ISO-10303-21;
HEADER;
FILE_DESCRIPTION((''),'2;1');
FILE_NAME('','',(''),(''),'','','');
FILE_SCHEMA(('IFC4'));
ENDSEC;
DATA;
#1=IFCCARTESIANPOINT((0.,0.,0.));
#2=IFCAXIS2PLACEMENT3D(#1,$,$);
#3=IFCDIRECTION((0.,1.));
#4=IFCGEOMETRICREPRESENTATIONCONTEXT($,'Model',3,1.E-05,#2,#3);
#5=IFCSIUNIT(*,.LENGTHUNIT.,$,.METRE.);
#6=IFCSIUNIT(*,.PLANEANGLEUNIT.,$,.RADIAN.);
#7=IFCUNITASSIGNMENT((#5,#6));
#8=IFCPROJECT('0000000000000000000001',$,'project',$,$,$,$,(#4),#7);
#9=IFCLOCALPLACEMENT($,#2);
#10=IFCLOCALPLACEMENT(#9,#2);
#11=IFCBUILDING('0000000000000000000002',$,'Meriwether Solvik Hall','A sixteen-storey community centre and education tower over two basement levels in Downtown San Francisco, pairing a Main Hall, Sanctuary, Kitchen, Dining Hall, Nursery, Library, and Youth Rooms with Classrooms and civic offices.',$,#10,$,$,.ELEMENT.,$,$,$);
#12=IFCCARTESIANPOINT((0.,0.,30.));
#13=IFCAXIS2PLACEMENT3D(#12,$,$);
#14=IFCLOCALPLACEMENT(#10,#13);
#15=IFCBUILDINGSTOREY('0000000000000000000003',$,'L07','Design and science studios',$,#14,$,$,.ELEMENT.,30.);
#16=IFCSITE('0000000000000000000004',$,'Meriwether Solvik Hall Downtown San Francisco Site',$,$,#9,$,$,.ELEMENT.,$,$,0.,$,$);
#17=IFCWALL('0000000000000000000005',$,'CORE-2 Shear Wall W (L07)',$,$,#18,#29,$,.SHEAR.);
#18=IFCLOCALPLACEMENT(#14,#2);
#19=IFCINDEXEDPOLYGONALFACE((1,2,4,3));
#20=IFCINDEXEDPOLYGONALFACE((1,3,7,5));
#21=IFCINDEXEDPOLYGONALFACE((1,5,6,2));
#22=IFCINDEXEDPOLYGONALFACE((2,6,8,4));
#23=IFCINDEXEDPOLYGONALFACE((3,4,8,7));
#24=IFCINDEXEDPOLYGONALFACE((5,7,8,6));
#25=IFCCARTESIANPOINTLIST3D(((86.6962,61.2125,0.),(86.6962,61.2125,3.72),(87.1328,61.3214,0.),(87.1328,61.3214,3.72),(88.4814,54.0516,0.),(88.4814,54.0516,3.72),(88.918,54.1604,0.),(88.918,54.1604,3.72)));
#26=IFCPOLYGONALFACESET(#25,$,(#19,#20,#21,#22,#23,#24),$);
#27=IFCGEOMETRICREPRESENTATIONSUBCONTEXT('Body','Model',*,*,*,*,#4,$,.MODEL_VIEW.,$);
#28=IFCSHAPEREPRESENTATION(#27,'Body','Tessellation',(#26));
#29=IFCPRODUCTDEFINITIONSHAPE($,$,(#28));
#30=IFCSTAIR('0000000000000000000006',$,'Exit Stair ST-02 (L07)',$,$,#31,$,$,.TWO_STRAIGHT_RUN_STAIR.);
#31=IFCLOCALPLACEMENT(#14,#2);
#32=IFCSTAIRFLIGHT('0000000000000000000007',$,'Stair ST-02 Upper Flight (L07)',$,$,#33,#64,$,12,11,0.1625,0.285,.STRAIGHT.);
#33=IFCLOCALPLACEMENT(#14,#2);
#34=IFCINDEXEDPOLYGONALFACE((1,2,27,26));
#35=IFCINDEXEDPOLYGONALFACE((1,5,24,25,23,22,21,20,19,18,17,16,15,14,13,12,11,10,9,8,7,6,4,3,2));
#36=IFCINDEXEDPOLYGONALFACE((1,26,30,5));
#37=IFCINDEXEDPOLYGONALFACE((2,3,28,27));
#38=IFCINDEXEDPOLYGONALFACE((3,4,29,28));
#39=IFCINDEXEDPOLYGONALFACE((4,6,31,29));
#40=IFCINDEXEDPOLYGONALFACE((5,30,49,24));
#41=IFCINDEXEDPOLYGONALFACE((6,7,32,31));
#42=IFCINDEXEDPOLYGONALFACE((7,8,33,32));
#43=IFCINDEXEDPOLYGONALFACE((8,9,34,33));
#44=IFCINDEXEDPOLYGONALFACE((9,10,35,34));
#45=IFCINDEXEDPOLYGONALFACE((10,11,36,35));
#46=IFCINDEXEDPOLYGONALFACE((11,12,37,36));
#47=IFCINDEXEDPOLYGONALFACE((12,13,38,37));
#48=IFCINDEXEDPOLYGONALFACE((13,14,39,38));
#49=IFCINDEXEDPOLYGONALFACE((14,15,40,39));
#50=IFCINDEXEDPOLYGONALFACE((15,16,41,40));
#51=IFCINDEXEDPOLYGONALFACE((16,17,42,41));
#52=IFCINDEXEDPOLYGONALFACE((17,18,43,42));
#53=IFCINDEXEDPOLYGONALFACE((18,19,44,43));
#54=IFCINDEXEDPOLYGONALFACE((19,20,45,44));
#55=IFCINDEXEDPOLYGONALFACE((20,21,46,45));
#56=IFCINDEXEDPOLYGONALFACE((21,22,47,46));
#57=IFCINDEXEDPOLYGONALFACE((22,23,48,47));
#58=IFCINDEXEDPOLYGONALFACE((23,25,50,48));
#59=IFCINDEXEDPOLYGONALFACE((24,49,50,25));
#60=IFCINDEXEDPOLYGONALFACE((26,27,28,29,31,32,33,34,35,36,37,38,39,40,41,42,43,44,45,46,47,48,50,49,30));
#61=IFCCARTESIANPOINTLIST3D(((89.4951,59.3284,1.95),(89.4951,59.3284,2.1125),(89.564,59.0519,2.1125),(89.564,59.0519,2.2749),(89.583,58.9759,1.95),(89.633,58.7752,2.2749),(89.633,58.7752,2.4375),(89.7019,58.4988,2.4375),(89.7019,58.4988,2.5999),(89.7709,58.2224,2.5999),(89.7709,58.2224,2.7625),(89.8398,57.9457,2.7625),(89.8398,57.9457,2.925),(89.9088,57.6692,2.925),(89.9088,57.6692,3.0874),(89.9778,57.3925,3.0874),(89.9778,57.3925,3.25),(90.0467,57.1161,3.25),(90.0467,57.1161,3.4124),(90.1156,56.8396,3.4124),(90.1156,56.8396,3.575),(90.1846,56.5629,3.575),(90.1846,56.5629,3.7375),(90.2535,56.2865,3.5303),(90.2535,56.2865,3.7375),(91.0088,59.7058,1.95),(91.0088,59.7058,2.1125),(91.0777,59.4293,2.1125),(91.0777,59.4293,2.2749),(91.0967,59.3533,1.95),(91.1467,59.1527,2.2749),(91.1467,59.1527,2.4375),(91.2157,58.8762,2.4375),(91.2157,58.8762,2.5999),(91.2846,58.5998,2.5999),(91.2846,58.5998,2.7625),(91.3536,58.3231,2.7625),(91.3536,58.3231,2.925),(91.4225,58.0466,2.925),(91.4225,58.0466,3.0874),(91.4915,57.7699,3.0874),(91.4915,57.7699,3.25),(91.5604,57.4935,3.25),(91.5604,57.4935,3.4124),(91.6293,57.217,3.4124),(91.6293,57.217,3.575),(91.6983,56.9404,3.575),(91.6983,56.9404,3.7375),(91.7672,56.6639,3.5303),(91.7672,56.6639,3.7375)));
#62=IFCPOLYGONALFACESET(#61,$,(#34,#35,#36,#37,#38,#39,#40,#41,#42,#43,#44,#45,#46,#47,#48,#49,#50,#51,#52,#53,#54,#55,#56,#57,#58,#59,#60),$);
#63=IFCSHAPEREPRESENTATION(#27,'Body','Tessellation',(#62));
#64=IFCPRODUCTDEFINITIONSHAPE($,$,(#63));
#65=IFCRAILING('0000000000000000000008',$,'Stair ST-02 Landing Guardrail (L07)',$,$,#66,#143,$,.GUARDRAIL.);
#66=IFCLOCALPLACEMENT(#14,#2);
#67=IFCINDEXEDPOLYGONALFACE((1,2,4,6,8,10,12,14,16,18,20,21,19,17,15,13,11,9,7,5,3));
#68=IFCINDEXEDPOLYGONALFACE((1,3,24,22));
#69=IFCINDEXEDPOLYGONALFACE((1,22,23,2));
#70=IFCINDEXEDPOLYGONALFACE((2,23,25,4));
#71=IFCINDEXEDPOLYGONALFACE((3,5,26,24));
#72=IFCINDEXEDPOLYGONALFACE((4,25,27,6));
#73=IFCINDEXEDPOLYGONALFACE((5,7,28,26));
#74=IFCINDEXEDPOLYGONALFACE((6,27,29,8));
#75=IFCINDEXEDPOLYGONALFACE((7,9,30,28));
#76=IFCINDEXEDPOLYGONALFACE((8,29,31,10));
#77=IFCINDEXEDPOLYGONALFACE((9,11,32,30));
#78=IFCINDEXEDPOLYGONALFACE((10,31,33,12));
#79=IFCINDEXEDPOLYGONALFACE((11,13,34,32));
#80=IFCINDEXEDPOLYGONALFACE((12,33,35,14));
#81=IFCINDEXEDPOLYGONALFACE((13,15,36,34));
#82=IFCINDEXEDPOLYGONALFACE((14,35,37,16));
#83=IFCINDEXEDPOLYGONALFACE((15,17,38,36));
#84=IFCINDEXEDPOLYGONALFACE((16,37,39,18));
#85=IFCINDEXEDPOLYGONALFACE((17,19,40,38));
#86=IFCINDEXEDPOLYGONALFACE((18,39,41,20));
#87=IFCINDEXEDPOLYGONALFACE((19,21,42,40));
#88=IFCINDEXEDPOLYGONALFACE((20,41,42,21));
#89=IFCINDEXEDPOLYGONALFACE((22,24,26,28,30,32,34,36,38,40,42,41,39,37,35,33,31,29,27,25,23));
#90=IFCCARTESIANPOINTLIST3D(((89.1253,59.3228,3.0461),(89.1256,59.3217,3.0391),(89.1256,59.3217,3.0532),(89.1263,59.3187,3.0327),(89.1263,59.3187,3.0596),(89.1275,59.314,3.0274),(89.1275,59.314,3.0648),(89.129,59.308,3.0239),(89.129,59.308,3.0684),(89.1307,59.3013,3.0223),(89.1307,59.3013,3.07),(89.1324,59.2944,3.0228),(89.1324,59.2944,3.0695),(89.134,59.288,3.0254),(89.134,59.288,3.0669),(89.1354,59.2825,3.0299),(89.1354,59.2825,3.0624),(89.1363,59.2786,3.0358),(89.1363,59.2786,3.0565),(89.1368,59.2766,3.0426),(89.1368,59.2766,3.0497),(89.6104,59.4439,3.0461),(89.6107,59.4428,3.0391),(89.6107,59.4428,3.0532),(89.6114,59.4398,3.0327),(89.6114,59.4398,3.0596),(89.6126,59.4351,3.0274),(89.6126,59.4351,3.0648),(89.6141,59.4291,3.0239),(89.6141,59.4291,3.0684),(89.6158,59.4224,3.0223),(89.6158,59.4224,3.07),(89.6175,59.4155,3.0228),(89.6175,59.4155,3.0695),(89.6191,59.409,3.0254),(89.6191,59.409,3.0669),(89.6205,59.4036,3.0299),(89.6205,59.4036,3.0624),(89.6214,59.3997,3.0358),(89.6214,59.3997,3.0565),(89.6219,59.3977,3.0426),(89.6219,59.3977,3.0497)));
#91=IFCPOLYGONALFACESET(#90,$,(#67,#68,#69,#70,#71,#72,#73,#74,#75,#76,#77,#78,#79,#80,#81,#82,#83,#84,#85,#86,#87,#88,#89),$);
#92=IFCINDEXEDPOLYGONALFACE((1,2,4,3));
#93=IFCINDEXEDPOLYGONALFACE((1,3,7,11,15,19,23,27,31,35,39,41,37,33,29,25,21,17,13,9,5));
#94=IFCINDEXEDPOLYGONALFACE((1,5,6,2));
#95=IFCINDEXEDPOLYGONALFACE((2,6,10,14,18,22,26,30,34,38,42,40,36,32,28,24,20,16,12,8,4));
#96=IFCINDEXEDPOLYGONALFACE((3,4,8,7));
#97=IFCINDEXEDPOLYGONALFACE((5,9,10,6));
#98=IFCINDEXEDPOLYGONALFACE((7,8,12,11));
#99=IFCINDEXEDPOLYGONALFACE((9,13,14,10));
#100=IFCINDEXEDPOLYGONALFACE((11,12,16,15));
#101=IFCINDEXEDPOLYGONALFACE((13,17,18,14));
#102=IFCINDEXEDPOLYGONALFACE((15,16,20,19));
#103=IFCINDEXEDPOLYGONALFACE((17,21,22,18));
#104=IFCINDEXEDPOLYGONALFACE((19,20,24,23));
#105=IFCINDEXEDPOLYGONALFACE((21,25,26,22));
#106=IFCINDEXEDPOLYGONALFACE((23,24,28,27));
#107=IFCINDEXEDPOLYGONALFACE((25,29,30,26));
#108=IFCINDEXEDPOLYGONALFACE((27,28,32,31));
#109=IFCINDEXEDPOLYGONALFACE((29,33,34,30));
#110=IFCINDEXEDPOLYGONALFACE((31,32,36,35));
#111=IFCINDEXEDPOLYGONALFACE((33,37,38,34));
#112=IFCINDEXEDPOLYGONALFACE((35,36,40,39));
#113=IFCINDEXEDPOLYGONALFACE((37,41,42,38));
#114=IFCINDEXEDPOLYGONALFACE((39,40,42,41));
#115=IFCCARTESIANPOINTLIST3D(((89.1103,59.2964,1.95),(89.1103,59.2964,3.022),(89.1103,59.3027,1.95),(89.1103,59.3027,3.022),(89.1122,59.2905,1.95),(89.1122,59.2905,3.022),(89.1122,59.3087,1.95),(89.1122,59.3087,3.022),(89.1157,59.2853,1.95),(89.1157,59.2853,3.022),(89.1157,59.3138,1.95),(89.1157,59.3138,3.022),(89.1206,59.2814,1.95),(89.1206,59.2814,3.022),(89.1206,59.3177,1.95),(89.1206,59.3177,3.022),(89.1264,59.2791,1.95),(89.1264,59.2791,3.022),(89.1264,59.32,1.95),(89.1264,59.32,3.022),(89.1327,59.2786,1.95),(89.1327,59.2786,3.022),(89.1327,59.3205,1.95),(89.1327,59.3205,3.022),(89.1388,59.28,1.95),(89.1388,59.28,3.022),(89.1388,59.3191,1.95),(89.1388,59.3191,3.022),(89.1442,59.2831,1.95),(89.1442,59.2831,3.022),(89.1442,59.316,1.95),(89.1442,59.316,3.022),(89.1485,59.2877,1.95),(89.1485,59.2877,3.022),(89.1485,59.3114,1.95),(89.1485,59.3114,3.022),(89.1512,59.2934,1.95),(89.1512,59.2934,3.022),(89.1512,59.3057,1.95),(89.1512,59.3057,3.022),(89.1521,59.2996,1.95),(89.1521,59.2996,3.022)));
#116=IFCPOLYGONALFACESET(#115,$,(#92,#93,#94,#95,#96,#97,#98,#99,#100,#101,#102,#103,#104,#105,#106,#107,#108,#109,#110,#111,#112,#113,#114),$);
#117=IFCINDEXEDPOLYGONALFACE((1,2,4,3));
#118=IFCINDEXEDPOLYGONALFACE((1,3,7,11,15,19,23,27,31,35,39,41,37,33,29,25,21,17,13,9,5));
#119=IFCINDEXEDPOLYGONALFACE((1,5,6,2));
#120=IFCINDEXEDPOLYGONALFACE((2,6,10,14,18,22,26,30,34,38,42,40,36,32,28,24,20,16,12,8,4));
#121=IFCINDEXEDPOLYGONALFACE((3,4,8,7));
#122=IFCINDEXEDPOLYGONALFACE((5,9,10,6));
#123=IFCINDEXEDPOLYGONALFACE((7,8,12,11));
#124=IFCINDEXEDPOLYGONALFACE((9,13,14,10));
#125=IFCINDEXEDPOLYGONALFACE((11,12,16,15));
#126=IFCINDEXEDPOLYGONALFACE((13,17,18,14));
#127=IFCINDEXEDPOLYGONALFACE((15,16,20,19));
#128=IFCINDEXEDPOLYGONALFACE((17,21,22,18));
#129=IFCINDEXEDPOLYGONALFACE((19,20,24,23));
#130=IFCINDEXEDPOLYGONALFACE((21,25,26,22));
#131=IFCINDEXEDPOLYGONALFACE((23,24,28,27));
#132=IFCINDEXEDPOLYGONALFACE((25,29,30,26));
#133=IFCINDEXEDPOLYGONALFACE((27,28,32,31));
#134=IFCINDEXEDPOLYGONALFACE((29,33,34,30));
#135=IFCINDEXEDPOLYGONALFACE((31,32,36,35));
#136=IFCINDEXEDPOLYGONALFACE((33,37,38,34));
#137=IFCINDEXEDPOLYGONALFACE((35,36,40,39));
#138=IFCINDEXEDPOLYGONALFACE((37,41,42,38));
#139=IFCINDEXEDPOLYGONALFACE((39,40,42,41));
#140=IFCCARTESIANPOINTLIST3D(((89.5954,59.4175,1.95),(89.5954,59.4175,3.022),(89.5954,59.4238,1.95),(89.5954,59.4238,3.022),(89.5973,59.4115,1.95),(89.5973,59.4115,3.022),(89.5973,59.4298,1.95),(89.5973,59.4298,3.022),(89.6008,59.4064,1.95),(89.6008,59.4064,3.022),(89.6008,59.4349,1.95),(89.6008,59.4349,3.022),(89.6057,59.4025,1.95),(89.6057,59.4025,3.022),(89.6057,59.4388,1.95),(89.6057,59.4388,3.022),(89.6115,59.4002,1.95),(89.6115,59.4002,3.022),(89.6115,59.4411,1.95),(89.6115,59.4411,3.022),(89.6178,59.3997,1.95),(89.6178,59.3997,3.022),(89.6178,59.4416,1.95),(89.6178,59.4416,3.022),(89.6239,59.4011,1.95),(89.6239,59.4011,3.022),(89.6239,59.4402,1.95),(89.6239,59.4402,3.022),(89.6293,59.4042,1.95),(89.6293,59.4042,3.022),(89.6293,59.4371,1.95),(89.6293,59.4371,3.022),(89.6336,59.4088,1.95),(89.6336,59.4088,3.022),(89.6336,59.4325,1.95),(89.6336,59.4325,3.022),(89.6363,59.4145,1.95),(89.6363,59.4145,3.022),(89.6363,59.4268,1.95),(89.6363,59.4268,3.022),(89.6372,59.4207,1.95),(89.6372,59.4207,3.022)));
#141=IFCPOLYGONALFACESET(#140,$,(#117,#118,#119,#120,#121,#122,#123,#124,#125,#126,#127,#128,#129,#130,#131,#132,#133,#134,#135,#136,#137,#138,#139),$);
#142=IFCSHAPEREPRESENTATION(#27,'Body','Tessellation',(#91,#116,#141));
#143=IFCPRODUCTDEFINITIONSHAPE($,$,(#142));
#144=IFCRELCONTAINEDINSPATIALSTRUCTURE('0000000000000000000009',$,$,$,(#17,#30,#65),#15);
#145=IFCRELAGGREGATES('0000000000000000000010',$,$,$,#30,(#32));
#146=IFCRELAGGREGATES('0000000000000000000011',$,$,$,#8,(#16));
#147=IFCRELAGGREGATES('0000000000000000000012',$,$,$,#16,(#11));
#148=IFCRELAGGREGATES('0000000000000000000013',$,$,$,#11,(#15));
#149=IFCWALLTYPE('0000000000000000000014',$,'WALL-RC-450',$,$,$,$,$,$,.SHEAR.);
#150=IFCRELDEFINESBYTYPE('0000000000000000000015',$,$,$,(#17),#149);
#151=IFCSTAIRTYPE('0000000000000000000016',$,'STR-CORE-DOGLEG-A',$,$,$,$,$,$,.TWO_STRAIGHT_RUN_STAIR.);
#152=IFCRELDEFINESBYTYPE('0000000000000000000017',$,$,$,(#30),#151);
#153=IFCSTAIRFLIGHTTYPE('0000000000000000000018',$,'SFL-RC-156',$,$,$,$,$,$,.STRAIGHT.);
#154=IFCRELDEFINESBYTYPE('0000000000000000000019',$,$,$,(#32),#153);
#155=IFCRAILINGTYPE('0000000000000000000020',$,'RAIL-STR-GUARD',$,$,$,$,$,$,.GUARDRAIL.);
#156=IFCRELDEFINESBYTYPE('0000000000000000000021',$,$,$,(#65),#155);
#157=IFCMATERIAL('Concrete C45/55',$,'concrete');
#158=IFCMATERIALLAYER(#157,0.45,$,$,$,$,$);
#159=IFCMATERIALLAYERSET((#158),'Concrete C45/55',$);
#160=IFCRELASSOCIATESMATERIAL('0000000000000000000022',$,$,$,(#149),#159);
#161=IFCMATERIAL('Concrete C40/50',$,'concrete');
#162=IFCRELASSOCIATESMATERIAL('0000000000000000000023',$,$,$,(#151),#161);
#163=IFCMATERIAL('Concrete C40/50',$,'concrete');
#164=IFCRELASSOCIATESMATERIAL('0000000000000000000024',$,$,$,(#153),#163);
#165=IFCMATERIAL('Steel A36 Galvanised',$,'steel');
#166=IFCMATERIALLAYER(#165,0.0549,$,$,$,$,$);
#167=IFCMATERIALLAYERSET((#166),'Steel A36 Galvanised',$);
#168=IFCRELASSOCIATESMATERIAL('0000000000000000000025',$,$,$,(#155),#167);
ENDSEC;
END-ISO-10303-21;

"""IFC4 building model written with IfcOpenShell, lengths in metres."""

from ifc_helpers import new_model, si_unit, direction, frame, frame_2d, origin, origin_2d, place, context, subcontext, project, spatial, polyline, rectangle, circle, outline, extrude, material, layer, layer_set, type_object, element, aggregate, save


model = new_model("IFC4")

# Units and contexts
model_context = context("Model", 3, precision=1e-05, world=origin(), true_north=direction((0.0, 1.0)))
body_context = subcontext(model_context, "Body", "Model", "MODEL_VIEW")
ifc_project = project(units=[si_unit("LENGTHUNIT", "METRE"), si_unit("PLANEANGLEUNIT", "RADIAN")], contexts=[model_context])

# Site, building, storey
site_placement = place(None, origin())
site = spatial("IfcSite", under=ifc_project, at=site_placement, Name="Meriwether Solvik Hall Downtown San Francisco Site", CompositionType="ELEMENT", RefElevation=0.0)
building_placement = place(site_placement, origin())
building = spatial("IfcBuilding", under=site, at=building_placement, Name="Meriwether Solvik Hall", Description="A sixteen-storey community centre and education tower over two basement levels in Downtown San Francisco, pairing a Main Hall, Sanctuary, Kitchen, Dining Hall, Nursery, Library, and Youth Rooms with Classrooms and civic offices.", CompositionType="ELEMENT")
storey_placement = place(building_placement, frame((0.0, 0.0, 30.0)))
storey = spatial("IfcBuildingStorey", under=building, at=storey_placement, Name="L07", Description="Design and science studios", CompositionType="ELEMENT", Elevation=30.0)

# Wall
ifc_material_1 = material(Name="Concrete C45/55", Category="concrete")
ifc_layer_1 = layer(ifc_material_1, 0.45)
ifc_layer_set_1 = layer_set([ifc_layer_1], Name="Concrete C45/55")
wall_type_1 = type_object("IfcWallType", Name="WALL-RC-450", PredefinedType="SHEAR", material=ifc_layer_set_1)
wall_1_placement = place(storey_placement, frame((86.9146, 61.2668, 0.0), z_axis=(0.0, 0.0, 1.0), x_axis=(0.24189, -0.970304, 0.0)))
element("IfcWall", 1, at=wall_1_placement, inside=storey, type_object=wall_type_1, Name="CORE-2 Shear Wall W (L07)", PredefinedType="SHEAR", context=body_context, shape_type="SweptSolid", body=[
    extrude(rectangle(XDim=7.3801, YDim=0.45, at=frame_2d((3.6899, 0.0))), origin(), (0.0, 0.0, 1.0), 3.72),
])

# Stair, stair flight
ifc_material_2 = material(Name="Concrete C40/50", Category="concrete")
stair_type = type_object("IfcStairType", Name="STR-CORE-DOGLEG-A", PredefinedType="TWO_STRAIGHT_RUN_STAIR", material=ifc_material_2)
stair_placement = place(storey_placement, origin())
stair = element("IfcStair", 2, at=stair_placement, inside=storey, type_object=stair_type, Name="Exit Stair ST-02 (L07)", PredefinedType="TWO_STRAIGHT_RUN_STAIR")
ifc_material_3 = material(Name="Concrete C40/50", Category="concrete")
stair_flight_type = type_object("IfcStairFlightType", Name="SFL-RC-156", PredefinedType="STRAIGHT", material=ifc_material_3)
stair_flight_placement = place(storey_placement, frame((90.252, 59.5171, 1.95), z_axis=(0.0, 0.0, 1.0), x_axis=(0.241922, -0.970296, 0.0)))
stair_flight = element("IfcStairFlight", 3, at=stair_flight_placement, type_object=stair_flight_type, Name="Stair ST-02 Upper Flight (L07)", NumberOfRisers=12, NumberOfTreads=11, PredefinedType="STRAIGHT", RiserHeight=0.1625, TreadLength=0.285, context=body_context, shape_type="SweptSolid", body=[
    extrude(outline(polyline([(0.0, 0.0), (0.0, 0.1626), (0.2849, 0.1626), (0.2849, 0.325), (0.5701, 0.325), (0.5701, 0.4875), (0.855, 0.4875), (0.855, 0.6499), (1.1399, 0.6499), (1.1399, 0.8125), (1.425, 0.8125), (1.425, 0.9751), (1.71, 0.9751), (1.71, 1.1375), (1.9951, 1.1375), (1.9951, 1.3), (2.28, 1.3), (2.28, 1.4624), (2.5649, 1.4624), (2.5649, 1.625), (2.8501, 1.625), (2.8501, 1.7876), (3.135, 1.7876), (3.135, 1.95), (3.135, 1.5803), (0.3633, 0.0), (0.0, 0.0)])), frame((0.0, 0.78, 0.0), z_axis=(0.0, -1.0, 0.0), x_axis=(1.0, 0.0, 0.0)), (0.0, 0.0, 1.0), 1.5601),
])
aggregate(stair, [stair_flight])

# Railing
ifc_material_4 = material(Name="Steel A36 Galvanised", Category="steel")
ifc_layer_2 = layer(ifc_material_4, 0.0549)
ifc_layer_set_2 = layer_set([ifc_layer_2], Name="Steel A36 Galvanised")
railing_type_1 = type_object("IfcRailingType", Name="RAIL-STR-GUARD", PredefinedType="GUARDRAIL", material=ifc_layer_set_2)
railing_1_placement = place(storey_placement, frame((89.1311, 59.2996, 1.95)))
element("IfcRailing", 4, at=railing_1_placement, inside=storey, type_object=railing_type_1, Name="Stair ST-02 Landing Guardrail (L07)", PredefinedType="GUARDRAIL", context=body_context, shape_type="SweptSolid", body=[
    extrude(circle(Radius=0.0239, at=origin_2d()), frame((0.0, 0.0, 1.0962), z_axis=(0.970229, 0.242191, 0.0), x_axis=(-0.242191, 0.970229, 0.0)), (0.0, 0.0, 1.0), 0.5),
    extrude(circle(Radius=0.021, at=origin_2d()), origin(), (0.0, 0.0, 1.0), 1.072),
    extrude(circle(Radius=0.021, at=origin_2d()), frame((0.4851, 0.1211, 0.0)), (0.0, 0.0, 1.0), 1.072),
])

save(model, "model.ifc")
